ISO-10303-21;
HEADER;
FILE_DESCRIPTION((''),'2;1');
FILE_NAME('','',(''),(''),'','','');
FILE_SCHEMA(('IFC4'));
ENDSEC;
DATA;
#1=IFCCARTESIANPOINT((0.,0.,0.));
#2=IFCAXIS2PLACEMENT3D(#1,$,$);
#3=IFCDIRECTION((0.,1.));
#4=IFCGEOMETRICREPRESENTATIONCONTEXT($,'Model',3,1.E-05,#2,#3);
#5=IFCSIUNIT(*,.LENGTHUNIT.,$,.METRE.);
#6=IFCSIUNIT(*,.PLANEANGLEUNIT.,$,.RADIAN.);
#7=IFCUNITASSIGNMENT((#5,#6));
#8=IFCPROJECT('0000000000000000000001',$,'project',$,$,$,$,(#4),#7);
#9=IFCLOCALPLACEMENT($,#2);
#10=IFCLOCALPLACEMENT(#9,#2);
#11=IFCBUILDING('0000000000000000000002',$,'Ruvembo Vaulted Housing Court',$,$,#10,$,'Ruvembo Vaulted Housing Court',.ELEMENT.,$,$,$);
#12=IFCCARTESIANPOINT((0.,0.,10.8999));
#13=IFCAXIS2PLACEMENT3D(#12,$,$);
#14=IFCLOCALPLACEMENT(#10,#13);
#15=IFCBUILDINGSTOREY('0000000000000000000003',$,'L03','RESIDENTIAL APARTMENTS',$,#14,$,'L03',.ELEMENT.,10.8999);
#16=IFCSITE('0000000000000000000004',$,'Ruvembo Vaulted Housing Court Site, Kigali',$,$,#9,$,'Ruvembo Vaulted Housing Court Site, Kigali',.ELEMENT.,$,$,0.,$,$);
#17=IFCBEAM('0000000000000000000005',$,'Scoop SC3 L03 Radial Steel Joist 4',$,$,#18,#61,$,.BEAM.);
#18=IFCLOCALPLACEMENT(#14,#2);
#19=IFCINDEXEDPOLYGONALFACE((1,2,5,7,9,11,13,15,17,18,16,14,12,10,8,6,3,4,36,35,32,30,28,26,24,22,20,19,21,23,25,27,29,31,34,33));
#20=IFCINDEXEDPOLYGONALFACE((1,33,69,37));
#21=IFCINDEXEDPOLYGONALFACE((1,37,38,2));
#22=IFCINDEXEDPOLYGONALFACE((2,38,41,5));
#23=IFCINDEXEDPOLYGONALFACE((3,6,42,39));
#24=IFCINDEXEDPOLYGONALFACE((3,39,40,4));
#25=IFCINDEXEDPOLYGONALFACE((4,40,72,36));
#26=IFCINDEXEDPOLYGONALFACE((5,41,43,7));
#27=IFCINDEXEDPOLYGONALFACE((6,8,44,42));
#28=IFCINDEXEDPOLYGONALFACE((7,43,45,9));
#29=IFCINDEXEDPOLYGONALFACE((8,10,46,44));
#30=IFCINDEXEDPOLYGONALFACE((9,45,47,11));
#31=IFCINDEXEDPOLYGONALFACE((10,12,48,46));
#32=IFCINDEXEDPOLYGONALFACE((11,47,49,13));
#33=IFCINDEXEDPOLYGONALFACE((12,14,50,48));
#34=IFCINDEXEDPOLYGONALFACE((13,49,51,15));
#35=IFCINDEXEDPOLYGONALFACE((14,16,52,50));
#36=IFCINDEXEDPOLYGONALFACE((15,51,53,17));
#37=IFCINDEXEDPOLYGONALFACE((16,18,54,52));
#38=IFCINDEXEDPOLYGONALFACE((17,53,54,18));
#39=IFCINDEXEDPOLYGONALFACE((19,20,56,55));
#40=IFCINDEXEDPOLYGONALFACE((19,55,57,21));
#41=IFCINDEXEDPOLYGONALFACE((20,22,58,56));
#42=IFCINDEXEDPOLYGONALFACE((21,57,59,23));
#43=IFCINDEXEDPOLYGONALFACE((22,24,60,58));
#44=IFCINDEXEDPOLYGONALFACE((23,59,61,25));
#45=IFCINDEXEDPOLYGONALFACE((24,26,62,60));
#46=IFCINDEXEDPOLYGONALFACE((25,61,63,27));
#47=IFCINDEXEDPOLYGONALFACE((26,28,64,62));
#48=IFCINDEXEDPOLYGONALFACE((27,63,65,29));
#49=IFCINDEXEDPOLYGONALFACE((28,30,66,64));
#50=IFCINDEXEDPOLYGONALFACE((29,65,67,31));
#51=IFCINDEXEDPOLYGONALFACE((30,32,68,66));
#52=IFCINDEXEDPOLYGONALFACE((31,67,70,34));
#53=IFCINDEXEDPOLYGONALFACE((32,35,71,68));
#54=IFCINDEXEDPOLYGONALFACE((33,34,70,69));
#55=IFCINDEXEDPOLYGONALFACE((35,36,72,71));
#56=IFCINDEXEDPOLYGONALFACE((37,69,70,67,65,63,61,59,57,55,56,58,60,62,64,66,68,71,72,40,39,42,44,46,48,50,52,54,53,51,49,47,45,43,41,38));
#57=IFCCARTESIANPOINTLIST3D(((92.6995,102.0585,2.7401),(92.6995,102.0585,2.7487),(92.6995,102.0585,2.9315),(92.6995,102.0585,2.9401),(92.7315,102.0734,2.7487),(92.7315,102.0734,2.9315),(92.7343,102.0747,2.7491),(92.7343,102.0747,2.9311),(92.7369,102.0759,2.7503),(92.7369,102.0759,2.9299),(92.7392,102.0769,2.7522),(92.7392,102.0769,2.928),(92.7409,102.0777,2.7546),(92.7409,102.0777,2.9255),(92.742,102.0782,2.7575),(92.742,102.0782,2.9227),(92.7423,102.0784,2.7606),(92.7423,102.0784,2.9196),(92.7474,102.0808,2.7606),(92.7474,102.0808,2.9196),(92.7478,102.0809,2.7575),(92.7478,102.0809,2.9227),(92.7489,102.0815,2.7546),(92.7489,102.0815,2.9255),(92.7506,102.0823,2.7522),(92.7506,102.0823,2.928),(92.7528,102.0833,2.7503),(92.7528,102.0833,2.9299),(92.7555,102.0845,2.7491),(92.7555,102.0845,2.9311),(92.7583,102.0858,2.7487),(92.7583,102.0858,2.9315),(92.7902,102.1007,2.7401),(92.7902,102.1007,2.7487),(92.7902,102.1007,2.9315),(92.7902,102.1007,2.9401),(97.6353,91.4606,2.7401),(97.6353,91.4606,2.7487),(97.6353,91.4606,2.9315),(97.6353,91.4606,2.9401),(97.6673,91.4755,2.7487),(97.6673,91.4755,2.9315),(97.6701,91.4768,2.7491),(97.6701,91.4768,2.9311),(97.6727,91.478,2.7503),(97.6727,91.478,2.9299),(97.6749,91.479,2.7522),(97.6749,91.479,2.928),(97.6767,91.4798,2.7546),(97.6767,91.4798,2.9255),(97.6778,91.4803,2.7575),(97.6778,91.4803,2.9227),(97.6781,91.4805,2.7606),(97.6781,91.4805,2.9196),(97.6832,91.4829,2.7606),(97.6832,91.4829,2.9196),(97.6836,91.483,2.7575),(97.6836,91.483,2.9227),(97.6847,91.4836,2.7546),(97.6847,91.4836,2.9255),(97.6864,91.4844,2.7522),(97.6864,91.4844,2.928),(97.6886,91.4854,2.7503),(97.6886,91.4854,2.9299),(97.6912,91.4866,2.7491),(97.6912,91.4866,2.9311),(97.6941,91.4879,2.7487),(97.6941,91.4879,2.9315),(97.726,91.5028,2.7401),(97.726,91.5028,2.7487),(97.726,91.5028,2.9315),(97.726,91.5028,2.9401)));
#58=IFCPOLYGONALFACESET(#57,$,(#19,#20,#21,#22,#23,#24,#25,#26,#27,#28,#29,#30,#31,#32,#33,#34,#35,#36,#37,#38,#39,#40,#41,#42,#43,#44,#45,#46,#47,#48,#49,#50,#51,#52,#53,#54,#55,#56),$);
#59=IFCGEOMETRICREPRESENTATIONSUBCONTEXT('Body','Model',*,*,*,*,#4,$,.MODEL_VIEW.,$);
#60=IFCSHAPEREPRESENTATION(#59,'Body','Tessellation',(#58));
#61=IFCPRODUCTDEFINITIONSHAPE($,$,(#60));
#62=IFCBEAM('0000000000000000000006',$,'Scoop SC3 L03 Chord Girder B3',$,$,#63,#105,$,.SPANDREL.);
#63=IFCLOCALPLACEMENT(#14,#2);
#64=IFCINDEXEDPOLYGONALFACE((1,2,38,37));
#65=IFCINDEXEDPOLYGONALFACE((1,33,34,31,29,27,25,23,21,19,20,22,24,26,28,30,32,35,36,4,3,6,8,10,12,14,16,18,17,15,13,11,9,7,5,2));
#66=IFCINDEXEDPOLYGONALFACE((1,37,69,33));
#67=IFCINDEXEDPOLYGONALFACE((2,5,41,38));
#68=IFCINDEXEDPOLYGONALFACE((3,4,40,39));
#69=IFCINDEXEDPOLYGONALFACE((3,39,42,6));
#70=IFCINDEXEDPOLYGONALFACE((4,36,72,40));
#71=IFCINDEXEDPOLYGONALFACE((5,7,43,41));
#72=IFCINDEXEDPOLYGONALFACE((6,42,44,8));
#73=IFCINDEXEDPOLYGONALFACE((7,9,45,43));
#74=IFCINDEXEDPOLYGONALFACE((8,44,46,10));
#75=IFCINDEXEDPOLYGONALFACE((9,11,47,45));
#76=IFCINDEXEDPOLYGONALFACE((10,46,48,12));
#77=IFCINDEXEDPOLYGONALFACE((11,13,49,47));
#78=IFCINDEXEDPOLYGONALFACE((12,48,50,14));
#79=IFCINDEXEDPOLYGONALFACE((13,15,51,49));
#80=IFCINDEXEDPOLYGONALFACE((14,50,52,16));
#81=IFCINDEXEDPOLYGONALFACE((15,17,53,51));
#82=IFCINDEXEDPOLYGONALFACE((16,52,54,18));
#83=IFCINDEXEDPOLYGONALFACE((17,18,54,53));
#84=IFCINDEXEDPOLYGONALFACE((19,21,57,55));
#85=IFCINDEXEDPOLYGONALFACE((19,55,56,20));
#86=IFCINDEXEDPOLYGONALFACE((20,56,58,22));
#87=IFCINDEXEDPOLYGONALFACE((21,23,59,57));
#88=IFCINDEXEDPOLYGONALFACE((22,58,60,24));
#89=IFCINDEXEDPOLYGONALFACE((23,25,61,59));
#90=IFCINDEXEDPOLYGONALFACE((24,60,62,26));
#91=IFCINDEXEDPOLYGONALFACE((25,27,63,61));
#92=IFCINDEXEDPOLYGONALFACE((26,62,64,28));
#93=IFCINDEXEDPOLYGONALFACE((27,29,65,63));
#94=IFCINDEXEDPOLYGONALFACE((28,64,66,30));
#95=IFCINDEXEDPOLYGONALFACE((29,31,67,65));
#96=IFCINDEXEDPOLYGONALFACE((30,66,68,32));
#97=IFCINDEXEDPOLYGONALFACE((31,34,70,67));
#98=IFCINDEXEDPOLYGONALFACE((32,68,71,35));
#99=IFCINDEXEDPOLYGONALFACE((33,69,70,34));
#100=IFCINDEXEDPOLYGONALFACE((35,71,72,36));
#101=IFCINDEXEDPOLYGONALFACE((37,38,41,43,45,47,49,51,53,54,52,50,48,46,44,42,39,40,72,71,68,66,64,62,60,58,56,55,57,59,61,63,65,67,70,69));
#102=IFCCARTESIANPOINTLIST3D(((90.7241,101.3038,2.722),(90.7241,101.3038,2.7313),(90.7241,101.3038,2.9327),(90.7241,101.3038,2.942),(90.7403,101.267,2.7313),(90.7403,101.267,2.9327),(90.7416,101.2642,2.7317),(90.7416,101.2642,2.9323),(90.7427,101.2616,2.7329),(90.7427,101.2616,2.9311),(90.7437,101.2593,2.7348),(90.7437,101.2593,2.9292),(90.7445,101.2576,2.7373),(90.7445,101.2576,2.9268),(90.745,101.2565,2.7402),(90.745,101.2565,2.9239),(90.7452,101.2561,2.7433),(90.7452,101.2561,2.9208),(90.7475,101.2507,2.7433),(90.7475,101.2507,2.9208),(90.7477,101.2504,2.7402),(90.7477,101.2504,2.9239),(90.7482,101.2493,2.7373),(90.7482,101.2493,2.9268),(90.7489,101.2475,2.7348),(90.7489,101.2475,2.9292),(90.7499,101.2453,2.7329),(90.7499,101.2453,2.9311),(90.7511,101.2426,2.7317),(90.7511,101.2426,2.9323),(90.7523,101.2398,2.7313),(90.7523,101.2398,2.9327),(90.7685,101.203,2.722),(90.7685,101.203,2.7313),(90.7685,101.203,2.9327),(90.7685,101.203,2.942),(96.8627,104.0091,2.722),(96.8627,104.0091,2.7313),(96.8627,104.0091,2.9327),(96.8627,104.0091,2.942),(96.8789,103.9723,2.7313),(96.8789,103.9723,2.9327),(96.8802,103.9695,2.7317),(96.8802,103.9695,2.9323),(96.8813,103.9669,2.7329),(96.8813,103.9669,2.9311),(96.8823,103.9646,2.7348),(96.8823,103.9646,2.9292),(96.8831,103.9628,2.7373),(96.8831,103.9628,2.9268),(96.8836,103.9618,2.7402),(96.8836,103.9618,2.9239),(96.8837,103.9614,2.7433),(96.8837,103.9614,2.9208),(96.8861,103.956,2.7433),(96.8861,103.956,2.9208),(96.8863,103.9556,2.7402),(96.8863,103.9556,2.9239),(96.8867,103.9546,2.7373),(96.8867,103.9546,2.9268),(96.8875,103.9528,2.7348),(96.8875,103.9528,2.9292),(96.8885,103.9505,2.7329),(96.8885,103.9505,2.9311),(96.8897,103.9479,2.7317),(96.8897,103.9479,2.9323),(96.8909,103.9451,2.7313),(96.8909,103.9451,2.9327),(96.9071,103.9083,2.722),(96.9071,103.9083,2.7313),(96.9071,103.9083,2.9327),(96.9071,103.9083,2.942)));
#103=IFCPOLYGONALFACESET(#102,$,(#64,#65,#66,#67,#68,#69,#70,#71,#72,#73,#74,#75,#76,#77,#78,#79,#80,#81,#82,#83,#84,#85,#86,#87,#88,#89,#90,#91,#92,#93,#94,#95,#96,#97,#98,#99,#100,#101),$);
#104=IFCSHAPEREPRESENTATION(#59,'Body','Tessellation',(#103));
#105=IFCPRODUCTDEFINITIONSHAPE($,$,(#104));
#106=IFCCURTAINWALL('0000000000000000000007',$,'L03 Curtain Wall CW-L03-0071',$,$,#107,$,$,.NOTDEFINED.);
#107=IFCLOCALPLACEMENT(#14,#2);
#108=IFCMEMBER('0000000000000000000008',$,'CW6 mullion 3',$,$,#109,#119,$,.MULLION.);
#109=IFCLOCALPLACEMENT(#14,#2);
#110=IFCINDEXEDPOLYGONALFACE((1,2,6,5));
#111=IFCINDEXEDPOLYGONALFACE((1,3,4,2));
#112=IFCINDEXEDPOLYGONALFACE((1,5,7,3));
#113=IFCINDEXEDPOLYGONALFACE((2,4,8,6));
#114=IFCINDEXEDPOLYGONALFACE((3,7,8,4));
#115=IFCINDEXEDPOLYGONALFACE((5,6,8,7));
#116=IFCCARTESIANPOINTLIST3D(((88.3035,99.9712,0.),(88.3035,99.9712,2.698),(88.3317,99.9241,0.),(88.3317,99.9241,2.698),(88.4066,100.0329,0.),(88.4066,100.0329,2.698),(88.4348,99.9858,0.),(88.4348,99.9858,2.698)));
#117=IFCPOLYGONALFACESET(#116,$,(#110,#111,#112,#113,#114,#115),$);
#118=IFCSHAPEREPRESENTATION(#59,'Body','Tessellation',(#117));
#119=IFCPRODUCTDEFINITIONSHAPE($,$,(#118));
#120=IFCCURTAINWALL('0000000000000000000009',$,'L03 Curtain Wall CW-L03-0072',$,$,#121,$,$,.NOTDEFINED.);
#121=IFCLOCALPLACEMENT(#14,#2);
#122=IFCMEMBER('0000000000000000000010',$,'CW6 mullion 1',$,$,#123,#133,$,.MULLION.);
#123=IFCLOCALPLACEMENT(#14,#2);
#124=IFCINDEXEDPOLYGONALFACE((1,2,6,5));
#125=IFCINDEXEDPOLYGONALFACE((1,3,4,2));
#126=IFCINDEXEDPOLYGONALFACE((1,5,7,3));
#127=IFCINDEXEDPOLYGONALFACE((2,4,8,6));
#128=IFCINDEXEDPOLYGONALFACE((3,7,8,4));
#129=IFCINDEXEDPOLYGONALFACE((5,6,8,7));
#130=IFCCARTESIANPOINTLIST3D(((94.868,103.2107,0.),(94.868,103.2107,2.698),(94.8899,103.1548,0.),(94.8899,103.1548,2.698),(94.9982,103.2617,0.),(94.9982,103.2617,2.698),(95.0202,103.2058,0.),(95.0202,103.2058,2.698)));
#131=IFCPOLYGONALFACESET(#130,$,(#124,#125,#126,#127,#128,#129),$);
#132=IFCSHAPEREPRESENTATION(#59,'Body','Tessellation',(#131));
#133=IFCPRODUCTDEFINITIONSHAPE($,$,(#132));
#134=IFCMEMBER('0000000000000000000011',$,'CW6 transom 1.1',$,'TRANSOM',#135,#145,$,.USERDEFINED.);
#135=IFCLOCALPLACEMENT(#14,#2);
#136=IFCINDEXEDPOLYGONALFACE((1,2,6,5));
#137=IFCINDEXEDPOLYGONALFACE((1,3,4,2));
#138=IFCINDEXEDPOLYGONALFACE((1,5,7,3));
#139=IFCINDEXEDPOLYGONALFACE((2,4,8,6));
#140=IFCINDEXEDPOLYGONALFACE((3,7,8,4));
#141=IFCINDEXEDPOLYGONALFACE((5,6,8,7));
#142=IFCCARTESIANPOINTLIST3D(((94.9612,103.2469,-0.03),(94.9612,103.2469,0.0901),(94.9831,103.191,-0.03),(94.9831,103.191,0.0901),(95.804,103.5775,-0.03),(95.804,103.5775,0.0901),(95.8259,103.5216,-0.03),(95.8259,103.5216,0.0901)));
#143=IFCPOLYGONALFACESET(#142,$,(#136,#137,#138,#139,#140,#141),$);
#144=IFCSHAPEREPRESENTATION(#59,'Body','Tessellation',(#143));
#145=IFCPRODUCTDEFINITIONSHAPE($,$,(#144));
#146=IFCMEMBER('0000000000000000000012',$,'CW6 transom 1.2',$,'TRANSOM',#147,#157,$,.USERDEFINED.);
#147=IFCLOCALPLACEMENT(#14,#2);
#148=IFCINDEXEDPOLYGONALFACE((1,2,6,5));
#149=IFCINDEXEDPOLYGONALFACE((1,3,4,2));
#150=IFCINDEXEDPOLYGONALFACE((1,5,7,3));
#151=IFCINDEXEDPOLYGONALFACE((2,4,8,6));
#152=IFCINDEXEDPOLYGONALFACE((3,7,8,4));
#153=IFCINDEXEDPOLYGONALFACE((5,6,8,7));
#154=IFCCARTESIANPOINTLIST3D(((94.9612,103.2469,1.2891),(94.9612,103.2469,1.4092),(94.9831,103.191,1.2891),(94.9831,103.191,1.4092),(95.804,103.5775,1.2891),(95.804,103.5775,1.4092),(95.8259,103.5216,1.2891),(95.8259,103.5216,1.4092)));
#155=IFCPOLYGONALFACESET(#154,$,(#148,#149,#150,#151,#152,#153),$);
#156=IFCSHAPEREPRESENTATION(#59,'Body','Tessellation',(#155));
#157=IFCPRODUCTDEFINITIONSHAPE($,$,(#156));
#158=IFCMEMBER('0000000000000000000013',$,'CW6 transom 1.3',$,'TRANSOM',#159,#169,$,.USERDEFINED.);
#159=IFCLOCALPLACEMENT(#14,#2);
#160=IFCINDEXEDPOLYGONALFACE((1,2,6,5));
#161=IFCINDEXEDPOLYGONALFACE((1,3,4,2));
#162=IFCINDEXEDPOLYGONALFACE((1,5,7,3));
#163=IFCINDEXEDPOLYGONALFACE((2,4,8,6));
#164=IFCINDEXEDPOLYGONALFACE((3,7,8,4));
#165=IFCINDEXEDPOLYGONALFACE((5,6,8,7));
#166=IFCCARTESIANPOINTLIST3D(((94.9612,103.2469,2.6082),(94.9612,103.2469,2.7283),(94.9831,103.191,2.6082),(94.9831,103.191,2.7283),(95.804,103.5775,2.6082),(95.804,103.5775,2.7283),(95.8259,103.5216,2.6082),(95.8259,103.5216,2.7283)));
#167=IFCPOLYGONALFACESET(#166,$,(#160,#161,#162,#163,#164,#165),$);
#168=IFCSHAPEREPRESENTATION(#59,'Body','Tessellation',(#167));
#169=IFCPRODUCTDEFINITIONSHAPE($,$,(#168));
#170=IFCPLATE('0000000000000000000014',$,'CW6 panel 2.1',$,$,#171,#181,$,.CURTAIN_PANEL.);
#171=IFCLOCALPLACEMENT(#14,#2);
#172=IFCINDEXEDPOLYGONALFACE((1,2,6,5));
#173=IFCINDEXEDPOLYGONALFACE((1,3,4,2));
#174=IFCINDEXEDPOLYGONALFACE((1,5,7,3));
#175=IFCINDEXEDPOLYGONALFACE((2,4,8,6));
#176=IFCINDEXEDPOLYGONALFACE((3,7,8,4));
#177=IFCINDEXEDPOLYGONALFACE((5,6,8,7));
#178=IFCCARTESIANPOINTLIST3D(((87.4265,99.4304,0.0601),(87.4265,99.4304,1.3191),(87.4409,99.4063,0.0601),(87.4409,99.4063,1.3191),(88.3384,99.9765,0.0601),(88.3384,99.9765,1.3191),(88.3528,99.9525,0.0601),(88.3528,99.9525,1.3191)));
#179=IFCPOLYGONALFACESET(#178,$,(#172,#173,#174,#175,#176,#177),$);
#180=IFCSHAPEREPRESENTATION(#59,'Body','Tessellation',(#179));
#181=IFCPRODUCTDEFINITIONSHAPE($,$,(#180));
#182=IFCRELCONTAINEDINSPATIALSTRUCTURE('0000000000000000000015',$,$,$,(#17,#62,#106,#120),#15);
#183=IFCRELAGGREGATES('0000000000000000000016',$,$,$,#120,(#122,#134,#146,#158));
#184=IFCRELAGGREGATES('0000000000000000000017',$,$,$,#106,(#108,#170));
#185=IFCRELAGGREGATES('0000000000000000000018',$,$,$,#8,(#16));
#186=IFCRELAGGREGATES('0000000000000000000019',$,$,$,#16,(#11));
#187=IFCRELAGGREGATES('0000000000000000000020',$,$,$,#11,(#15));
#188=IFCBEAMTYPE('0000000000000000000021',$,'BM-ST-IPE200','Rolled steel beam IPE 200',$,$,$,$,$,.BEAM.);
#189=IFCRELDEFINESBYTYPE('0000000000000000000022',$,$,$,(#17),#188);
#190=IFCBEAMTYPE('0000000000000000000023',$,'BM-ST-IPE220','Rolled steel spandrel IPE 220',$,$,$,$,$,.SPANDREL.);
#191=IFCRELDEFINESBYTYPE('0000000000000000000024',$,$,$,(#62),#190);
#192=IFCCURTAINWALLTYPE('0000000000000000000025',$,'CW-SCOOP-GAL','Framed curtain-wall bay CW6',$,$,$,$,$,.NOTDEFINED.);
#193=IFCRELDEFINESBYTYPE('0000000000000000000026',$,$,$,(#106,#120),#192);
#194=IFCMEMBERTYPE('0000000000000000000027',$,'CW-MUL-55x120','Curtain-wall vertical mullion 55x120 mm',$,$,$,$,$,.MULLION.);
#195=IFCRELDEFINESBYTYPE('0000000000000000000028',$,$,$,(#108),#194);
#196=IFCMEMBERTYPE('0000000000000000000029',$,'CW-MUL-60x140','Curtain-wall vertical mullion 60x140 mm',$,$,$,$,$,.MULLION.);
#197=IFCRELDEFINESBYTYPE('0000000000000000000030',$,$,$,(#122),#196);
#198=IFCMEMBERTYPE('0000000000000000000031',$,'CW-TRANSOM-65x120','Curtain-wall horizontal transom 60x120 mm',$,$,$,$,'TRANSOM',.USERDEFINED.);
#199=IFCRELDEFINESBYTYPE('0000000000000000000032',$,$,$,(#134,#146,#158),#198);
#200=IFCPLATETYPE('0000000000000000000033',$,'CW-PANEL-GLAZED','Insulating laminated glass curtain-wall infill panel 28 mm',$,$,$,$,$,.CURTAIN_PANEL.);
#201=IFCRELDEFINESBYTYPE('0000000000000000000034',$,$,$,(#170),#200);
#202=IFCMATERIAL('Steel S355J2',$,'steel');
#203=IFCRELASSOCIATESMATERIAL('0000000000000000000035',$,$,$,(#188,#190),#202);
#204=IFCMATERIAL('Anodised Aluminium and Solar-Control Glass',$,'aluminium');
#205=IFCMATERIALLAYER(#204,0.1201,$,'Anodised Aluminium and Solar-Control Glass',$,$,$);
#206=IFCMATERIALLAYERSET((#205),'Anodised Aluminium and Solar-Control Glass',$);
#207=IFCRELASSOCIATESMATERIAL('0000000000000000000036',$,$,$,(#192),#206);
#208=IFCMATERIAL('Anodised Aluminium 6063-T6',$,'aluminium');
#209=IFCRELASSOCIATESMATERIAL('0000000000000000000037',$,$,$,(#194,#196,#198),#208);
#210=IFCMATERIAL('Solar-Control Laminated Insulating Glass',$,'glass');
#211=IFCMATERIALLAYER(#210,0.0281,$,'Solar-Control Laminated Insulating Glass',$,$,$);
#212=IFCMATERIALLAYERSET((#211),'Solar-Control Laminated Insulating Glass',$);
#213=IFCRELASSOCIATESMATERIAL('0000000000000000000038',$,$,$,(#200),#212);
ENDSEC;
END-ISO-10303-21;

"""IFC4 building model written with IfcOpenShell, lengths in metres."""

from ifc_helpers import new_model, si_unit, direction, frame, origin, origin_2d, place, context, subcontext, project, spatial, rectangle, i_section, extrude, material, layer, layer_set, material_profile, profile_set, type_object, element, aggregate, save


model = new_model("IFC4")

# Units and contexts
model_context = context("Model", 3, precision=1e-05, world=origin(), true_north=direction((0.0, 1.0)))
body_context = subcontext(model_context, "Body", "Model", "MODEL_VIEW")
ifc_project = project(units=[si_unit("LENGTHUNIT", "METRE"), si_unit("PLANEANGLEUNIT", "RADIAN")], contexts=[model_context])

# Site, building, storey
site_placement = place(None, origin())
site = spatial("IfcSite", under=ifc_project, at=site_placement, Name="Ruvembo Vaulted Housing Court Site, Kigali", LongName="Ruvembo Vaulted Housing Court Site, Kigali", CompositionType="ELEMENT", RefElevation=0.0)
building_placement = place(site_placement, origin())
building = spatial("IfcBuilding", under=site, at=building_placement, Name="Ruvembo Vaulted Housing Court", LongName="Ruvembo Vaulted Housing Court", CompositionType="ELEMENT")
storey_placement = place(building_placement, frame((0.0, 0.0, 10.8999)))
storey = spatial("IfcBuildingStorey", under=building, at=storey_placement, Name="L03", Description="RESIDENTIAL APARTMENTS", LongName="L03", CompositionType="ELEMENT", Elevation=10.8999)

# Beams
ifc_material_1 = material(Name="Steel S355J2", Category="steel")
ifc_material_profile_1 = material_profile(ifc_material_1, i_section(OverallWidth=0.1001, OverallDepth=0.2, WebThickness=0.0056, FlangeThickness=0.0085, FilletRadius=0.012, at=origin_2d()), Name="IPE 200")
ifc_profile_set_1 = profile_set([ifc_material_profile_1], Name="Steel S355J2")
beam_type_1 = type_object("IfcBeamType", Name="BM-ST-IPE200", Description="Rolled steel beam IPE 200", PredefinedType="BEAM", material=ifc_profile_set_1)
beam_1_placement = place(storey_placement, frame((92.7449, 102.0796, 2.8401), z_axis=(0.42219, -0.906507, 0.0), x_axis=(0.906507, 0.42219, 0.0)))
element("IfcBeam", 1, at=beam_1_placement, inside=storey, type_object=beam_type_1, Name="Scoop SC3 L03 Radial Steel Joist 4", PredefinedType="BEAM", context=body_context, shape_type="SweptSolid", body=[
    extrude(i_section(OverallWidth=0.1001, OverallDepth=0.2, WebThickness=0.0056, FlangeThickness=0.0085, FilletRadius=0.012, at=origin_2d()), origin(), (0.0, 0.0, 1.0), 11.6909),
])
ifc_material_profile_2 = material_profile(ifc_material_1, i_section(OverallWidth=0.1101, OverallDepth=0.22, WebThickness=0.0059, FlangeThickness=0.0093, FilletRadius=0.012, at=origin_2d()), Name="IPE 220")
ifc_profile_set_2 = profile_set([ifc_material_profile_2], Name="Steel S355J2")
beam_type_2 = type_object("IfcBeamType", Name="BM-ST-IPE220", Description="Rolled steel spandrel IPE 220", PredefinedType="SPANDREL", material=ifc_profile_set_2)
beam_2_placement = place(storey_placement, frame((90.7463, 101.2534, 2.832), z_axis=(0.915078, 0.403276, 0.0), x_axis=(-0.403276, 0.915078, 0.0)))
element("IfcBeam", 2, at=beam_2_placement, inside=storey, type_object=beam_type_2, Name="Scoop SC3 L03 Chord Girder B3", PredefinedType="SPANDREL", context=body_context, shape_type="SweptSolid", body=[
    extrude(i_section(OverallWidth=0.1101, OverallDepth=0.22, WebThickness=0.0059, FlangeThickness=0.0093, FilletRadius=0.012, at=origin_2d()), origin(), (0.0, 0.0, 1.0), 6.7083),
])

# Curtain wall, member
ifc_material_2 = material(Name="Anodised Aluminium and Solar-Control Glass", Category="aluminium")
ifc_layer_1 = layer(ifc_material_2, 0.1201, Name="Anodised Aluminium and Solar-Control Glass")
ifc_layer_set_1 = layer_set([ifc_layer_1], Name="Anodised Aluminium and Solar-Control Glass")
curtain_wall_type = type_object("IfcCurtainWallType", Name="CW-SCOOP-GAL", Description="Framed curtain-wall bay CW6", PredefinedType="NOTDEFINED", material=ifc_layer_set_1)
curtain_wall_1_placement = place(storey_placement, origin())
curtain_wall_1 = element("IfcCurtainWall", 3, at=curtain_wall_1_placement, inside=storey, type_object=curtain_wall_type, Name="L03 Curtain Wall CW-L03-0071", PredefinedType="NOTDEFINED")
ifc_material_3 = material(Name="Anodised Aluminium 6063-T6", Category="aluminium")
ifc_material_profile_3 = material_profile(ifc_material_3, rectangle(XDim=0.0549, YDim=0.1201, at=origin_2d()), Name="ALU 55x120")
ifc_profile_set_3 = profile_set([ifc_material_profile_3], Name="Anodised Aluminium 6063-T6")
member_type_1 = type_object("IfcMemberType", Name="CW-MUL-55x120", Description="Curtain-wall vertical mullion 55x120 mm", PredefinedType="MULLION", material=ifc_profile_set_3)
member_1_placement = place(storey_placement, frame((88.3691, 99.9785, 0.0), z_axis=(0.0, 0.0, 1.0), x_axis=(-0.513828, 0.857893, 0.0)))
member_1 = element("IfcMember", 4, at=member_1_placement, type_object=member_type_1, Name="CW6 mullion 3", PredefinedType="MULLION", context=body_context, shape_type="SweptSolid", body=[
    extrude(rectangle(XDim=0.0549, YDim=0.1201, at=origin_2d()), origin(), (0.0, 0.0, 1.0), 2.698),
])

# Curtain wall, members
curtain_wall_2_placement = place(storey_placement, origin())
curtain_wall_2 = element("IfcCurtainWall", 5, at=curtain_wall_2_placement, inside=storey, type_object=curtain_wall_type, Name="L03 Curtain Wall CW-L03-0072", PredefinedType="NOTDEFINED")
ifc_material_profile_4 = material_profile(ifc_material_3, rectangle(XDim=0.0601, YDim=0.1399, at=origin_2d()), Name="ALU 60x140")
ifc_profile_set_4 = profile_set([ifc_material_profile_4], Name="Anodised Aluminium 6063-T6")
member_type_2 = type_object("IfcMemberType", Name="CW-MUL-60x140", Description="Curtain-wall vertical mullion 60x140 mm", PredefinedType="MULLION", material=ifc_profile_set_4)
member_2_placement = place(storey_placement, frame((94.9441, 103.2083, 0.0), z_axis=(0.0, 0.0, 1.0), x_axis=(-0.365034, 0.930994, 0.0)))
member_2 = element("IfcMember", 6, at=member_2_placement, type_object=member_type_2, Name="CW6 mullion 1", PredefinedType="MULLION", context=body_context, shape_type="SweptSolid", body=[
    extrude(rectangle(XDim=0.0601, YDim=0.1399, at=origin_2d()), origin(), (0.0, 0.0, 1.0), 2.698),
])
ifc_material_profile_5 = material_profile(ifc_material_3, rectangle(XDim=0.0601, YDim=0.1201, at=origin_2d()), Name="ALU 60x120")
ifc_profile_set_5 = profile_set([ifc_material_profile_5], Name="Anodised Aluminium 6063-T6")
member_type_3 = type_object("IfcMemberType", Name="CW-TRANSOM-65x120", Description="Curtain-wall horizontal transom 60x120 mm", ElementType="TRANSOM", PredefinedType="USERDEFINED", material=ifc_profile_set_5)
member_3_placement = place(storey_placement, frame((94.9722, 103.219, 0.03), z_axis=(0.930948, 0.365152, 0.0), x_axis=(-0.365152, 0.930948, 0.0)))
member_3 = element("IfcMember", 7, at=member_3_placement, type_object=member_type_3, Name="CW6 transom 1.1", ObjectType="TRANSOM", PredefinedType="USERDEFINED", context=body_context, shape_type="SweptSolid", body=[
    extrude(rectangle(XDim=0.0601, YDim=0.1201, at=origin_2d()), origin(), (0.0, 0.0, 1.0), 0.9053),
])
member_4_placement = place(storey_placement, frame((94.9722, 103.219, 1.3491), z_axis=(0.930948, 0.365152, 0.0), x_axis=(-0.365152, 0.930948, 0.0)))
member_4 = element("IfcMember", 8, at=member_4_placement, type_object=member_type_3, Name="CW6 transom 1.2", ObjectType="TRANSOM", PredefinedType="USERDEFINED", context=body_context, shape_type="SweptSolid", body=[
    extrude(rectangle(XDim=0.0601, YDim=0.1201, at=origin_2d()), origin(), (0.0, 0.0, 1.0), 0.9053),
])
member_5_placement = place(storey_placement, frame((94.9722, 103.219, 2.6682), z_axis=(0.930948, 0.365152, 0.0), x_axis=(-0.365152, 0.930948, 0.0)))
member_5 = element("IfcMember", 9, at=member_5_placement, type_object=member_type_3, Name="CW6 transom 1.3", ObjectType="TRANSOM", PredefinedType="USERDEFINED", context=body_context, shape_type="SweptSolid", body=[
    extrude(rectangle(XDim=0.0601, YDim=0.1201, at=origin_2d()), origin(), (0.0, 0.0, 1.0), 0.9053),
])
aggregate(curtain_wall_2, [member_2, member_3, member_4, member_5])

# Plate
ifc_material_4 = material(Name="Solar-Control Laminated Insulating Glass", Category="glass")
ifc_layer_2 = layer(ifc_material_4, 0.0281, Name="Solar-Control Laminated Insulating Glass")
ifc_layer_set_2 = layer_set([ifc_layer_2], Name="Solar-Control Laminated Insulating Glass")
plate_type_1 = type_object("IfcPlateType", Name="CW-PANEL-GLAZED", Description="Insulating laminated glass curtain-wall infill panel 28 mm", PredefinedType="CURTAIN_PANEL", material=ifc_layer_set_2)
plate_1_placement = place(storey_placement, frame((87.8896, 99.6914, 0.0601), z_axis=(0.0, 0.0, 1.0), x_axis=(0.857893, 0.513828, 0.0)))
plate_1 = element("IfcPlate", 10, at=plate_1_placement, type_object=plate_type_1, Name="CW6 panel 2.1", PredefinedType="CURTAIN_PANEL", context=body_context, shape_type="SweptSolid", body=[
    extrude(rectangle(XDim=1.063, YDim=0.0281, at=origin_2d()), origin(), (0.0, 0.0, 1.0), 1.259),
])
aggregate(curtain_wall_1, [member_1, plate_1])

save(model, "model.ifc")
